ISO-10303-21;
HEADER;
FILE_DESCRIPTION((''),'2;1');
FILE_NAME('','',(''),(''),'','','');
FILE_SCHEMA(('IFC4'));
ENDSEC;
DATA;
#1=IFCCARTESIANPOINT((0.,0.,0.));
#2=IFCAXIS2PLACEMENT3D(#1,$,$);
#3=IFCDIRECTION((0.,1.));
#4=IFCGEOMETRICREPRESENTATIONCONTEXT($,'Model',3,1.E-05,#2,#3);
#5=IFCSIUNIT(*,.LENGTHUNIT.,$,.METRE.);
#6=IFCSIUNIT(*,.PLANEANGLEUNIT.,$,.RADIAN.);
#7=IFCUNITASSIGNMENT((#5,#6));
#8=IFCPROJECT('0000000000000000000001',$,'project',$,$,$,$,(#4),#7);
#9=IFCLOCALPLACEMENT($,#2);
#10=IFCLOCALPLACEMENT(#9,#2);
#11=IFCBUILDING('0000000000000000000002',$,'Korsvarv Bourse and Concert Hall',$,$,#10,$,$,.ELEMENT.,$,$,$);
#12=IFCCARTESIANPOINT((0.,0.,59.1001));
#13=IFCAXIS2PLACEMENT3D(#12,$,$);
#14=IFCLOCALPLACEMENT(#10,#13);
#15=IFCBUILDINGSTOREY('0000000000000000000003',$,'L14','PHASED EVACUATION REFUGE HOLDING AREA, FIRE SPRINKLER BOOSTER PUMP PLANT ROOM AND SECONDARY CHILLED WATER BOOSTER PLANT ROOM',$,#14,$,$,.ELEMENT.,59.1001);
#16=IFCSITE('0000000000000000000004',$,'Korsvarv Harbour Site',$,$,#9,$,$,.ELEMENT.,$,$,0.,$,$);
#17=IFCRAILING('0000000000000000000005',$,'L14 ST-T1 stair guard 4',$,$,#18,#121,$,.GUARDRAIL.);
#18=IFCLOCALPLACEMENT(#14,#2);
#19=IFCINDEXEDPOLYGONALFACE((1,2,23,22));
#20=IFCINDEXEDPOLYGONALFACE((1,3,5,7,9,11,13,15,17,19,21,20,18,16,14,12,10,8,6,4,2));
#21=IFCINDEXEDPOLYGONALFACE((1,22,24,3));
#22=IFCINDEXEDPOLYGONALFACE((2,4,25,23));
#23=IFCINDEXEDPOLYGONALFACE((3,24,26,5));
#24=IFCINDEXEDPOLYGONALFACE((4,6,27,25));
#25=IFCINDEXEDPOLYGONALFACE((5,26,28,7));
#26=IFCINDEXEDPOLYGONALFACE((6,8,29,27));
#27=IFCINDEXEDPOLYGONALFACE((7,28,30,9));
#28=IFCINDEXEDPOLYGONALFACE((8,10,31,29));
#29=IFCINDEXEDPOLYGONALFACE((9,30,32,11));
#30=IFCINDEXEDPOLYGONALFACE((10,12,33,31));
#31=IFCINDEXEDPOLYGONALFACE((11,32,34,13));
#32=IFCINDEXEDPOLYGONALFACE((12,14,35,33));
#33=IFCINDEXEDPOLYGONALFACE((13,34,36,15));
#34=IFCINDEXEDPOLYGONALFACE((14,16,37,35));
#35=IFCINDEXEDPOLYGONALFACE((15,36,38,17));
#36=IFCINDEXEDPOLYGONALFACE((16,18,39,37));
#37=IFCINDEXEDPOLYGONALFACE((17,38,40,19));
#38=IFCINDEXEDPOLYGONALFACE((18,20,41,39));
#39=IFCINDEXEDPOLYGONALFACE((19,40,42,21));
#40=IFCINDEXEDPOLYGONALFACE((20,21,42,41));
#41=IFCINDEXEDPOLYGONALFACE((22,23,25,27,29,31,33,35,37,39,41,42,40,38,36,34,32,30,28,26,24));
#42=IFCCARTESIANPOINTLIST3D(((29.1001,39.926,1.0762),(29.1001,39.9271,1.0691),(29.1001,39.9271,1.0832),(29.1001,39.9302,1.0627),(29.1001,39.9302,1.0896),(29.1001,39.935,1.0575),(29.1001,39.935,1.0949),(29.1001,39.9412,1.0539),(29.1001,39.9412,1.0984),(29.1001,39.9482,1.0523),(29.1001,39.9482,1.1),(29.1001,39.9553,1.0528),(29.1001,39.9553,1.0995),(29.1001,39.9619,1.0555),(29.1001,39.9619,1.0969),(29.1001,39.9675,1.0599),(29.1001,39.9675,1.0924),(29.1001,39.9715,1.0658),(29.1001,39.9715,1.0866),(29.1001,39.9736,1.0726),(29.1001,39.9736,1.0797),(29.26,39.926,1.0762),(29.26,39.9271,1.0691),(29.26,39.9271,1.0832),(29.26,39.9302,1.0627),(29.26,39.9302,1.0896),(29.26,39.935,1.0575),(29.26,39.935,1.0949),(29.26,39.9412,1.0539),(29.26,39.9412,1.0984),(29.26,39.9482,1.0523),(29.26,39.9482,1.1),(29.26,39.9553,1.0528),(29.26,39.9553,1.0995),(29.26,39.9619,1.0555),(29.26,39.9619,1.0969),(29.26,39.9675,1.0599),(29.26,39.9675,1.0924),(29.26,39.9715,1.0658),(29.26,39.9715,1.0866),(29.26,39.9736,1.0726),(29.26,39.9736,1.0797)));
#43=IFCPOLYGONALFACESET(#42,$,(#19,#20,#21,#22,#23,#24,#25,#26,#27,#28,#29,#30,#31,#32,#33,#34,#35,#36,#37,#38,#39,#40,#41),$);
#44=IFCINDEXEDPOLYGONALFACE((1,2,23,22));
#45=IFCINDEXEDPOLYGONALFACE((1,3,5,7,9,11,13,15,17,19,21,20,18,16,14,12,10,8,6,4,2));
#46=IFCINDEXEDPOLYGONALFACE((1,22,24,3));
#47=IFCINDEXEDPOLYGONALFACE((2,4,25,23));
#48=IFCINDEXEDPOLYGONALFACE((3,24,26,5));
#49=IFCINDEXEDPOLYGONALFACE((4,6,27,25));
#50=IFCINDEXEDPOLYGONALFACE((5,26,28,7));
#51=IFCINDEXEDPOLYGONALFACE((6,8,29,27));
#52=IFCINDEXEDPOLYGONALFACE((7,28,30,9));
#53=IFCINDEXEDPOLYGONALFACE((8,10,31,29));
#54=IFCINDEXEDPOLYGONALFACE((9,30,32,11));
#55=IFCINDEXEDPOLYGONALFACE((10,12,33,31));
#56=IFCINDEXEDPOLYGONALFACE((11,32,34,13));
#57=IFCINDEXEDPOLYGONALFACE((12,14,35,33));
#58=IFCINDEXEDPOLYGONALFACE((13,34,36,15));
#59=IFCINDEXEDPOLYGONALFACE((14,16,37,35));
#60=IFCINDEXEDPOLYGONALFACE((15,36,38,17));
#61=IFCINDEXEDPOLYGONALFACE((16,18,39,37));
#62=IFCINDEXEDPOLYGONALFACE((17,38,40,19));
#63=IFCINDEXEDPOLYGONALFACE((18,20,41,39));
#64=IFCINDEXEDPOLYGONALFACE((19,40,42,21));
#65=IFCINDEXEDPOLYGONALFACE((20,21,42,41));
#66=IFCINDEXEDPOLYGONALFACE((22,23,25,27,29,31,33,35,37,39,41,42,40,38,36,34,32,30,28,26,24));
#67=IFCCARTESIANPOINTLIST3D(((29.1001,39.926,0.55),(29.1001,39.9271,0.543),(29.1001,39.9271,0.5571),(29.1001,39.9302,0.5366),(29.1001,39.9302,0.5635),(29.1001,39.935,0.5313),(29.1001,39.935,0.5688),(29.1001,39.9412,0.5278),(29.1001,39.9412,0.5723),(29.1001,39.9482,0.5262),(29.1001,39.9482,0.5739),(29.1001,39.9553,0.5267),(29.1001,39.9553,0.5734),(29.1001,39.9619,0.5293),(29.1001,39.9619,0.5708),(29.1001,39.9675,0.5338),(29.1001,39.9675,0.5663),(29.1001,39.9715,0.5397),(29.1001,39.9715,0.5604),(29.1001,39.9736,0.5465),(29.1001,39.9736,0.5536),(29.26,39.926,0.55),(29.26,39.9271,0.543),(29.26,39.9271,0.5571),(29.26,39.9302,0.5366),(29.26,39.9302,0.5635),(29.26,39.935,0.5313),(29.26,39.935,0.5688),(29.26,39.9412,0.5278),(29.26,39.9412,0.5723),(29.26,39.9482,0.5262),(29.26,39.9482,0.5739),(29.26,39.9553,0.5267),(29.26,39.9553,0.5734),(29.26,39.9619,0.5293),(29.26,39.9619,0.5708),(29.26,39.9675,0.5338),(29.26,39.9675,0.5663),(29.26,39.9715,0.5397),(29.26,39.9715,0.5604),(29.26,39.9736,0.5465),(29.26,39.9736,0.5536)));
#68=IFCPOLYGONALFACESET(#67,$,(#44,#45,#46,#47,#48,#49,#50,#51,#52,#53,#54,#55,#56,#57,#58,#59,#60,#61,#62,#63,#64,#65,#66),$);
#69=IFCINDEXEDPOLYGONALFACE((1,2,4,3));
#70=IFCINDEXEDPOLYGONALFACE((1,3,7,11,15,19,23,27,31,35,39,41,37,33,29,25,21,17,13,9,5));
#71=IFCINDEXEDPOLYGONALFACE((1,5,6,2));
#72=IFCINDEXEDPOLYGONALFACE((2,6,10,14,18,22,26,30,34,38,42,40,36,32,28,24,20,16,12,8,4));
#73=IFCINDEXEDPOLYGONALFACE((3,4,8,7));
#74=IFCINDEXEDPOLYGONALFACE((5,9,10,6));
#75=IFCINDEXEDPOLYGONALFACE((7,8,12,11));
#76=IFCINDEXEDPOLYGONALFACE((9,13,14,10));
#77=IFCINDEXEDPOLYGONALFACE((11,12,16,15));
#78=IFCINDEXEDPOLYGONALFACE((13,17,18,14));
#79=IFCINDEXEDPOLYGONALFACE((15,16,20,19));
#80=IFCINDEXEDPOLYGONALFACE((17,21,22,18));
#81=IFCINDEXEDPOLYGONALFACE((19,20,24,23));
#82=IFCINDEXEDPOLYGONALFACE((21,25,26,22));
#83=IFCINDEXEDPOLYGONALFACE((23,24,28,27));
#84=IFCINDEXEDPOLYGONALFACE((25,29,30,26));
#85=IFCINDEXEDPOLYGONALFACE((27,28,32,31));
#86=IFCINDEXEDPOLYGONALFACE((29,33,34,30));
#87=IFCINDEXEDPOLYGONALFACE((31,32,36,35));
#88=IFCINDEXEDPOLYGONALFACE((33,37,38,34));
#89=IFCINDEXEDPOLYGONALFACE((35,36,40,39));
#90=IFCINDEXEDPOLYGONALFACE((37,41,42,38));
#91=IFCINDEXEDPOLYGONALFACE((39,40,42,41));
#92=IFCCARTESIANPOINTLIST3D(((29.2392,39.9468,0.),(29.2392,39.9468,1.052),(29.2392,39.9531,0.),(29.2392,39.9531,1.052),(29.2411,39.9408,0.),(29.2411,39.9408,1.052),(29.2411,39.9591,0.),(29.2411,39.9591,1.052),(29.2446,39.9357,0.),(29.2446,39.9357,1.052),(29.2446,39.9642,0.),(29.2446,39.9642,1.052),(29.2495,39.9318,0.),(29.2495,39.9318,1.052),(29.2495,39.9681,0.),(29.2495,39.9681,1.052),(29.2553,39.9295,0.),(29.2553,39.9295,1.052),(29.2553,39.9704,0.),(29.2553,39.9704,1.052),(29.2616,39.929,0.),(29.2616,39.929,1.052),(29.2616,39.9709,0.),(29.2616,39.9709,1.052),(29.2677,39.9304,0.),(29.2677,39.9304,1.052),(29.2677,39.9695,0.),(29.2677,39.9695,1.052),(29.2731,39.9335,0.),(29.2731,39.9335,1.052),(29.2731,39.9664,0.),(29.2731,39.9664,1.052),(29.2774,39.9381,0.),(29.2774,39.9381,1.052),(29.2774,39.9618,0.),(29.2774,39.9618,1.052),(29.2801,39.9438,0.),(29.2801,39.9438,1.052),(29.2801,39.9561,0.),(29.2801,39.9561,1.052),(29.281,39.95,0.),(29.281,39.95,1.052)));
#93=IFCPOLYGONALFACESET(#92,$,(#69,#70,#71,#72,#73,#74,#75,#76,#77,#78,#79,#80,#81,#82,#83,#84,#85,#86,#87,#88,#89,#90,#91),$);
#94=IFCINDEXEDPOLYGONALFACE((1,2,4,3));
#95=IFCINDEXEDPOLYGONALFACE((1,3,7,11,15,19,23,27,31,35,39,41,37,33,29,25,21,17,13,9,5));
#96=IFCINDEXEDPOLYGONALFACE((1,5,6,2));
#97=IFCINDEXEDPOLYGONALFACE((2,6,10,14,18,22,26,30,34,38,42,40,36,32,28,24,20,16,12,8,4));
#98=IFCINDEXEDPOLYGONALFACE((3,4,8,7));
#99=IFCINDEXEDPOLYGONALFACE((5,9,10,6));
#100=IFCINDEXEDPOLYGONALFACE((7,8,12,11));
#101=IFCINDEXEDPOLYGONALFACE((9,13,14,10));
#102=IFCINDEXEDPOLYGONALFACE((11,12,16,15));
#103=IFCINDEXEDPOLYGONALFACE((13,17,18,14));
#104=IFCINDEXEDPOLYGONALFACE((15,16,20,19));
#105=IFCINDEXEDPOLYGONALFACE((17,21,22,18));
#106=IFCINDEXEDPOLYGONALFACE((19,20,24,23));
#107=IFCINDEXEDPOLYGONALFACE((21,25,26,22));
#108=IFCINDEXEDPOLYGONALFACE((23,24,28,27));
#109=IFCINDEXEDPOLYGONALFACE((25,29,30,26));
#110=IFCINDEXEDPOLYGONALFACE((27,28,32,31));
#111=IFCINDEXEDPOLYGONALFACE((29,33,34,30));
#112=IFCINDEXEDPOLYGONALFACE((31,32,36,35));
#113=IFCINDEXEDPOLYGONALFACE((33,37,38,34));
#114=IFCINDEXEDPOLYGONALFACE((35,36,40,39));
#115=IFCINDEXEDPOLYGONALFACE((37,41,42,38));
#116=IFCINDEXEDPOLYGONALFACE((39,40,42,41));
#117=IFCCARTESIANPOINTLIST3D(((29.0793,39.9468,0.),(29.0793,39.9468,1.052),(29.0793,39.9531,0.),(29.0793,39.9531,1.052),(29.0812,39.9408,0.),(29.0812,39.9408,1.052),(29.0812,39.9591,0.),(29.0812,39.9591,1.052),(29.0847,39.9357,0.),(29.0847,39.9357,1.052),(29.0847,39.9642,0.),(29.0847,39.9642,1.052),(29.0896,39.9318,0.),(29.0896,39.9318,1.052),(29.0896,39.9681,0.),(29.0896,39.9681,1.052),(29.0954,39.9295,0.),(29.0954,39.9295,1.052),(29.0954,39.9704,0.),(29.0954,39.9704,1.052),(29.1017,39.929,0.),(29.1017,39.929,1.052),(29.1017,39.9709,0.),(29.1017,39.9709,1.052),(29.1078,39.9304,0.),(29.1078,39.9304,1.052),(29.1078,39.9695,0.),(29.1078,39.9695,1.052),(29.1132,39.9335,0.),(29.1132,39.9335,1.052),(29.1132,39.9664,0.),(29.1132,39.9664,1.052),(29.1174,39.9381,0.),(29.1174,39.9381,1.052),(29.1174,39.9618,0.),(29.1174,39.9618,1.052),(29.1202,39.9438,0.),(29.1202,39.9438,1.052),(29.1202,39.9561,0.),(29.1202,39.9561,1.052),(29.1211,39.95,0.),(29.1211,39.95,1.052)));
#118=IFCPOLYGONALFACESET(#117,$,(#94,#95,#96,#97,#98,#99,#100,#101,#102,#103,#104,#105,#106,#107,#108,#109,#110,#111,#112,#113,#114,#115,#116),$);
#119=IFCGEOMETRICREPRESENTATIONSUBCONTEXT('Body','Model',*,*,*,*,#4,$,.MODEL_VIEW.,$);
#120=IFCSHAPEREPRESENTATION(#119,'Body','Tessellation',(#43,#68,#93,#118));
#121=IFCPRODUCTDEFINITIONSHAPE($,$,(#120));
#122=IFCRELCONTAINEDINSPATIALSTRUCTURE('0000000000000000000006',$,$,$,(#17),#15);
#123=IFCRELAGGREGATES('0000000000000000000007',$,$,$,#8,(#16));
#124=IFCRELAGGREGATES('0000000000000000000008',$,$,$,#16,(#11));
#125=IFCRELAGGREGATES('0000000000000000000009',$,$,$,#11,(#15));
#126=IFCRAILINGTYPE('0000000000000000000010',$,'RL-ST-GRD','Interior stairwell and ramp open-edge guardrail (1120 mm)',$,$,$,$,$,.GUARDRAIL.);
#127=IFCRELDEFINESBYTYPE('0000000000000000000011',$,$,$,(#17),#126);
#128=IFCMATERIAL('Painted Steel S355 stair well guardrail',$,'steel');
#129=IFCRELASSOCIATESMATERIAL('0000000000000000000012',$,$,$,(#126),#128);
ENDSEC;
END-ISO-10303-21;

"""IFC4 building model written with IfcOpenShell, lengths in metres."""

from ifc_helpers import new_model, si_unit, direction, frame, origin, origin_2d, place, context, subcontext, project, spatial, circle, extrude, material, type_object, element, save


model = new_model("IFC4")

# Units and contexts
model_context = context("Model", 3, precision=1e-05, world=origin(), true_north=direction((0.0, 1.0)))
body_context = subcontext(model_context, "Body", "Model", "MODEL_VIEW")
ifc_project = project(units=[si_unit("LENGTHUNIT", "METRE"), si_unit("PLANEANGLEUNIT", "RADIAN")], contexts=[model_context])

# Site, building, storey
site_placement = place(None, origin())
site = spatial("IfcSite", under=ifc_project, at=site_placement, Name="Korsvarv Harbour Site", CompositionType="ELEMENT", RefElevation=0.0)
building_placement = place(site_placement, origin())
building = spatial("IfcBuilding", under=site, at=building_placement, Name="Korsvarv Bourse and Concert Hall", CompositionType="ELEMENT")
storey_placement = place(building_placement, frame((0.0, 0.0, 59.1001)))
storey = spatial("IfcBuildingStorey", under=building, at=storey_placement, Name="L14", Description="PHASED EVACUATION REFUGE HOLDING AREA, FIRE SPRINKLER BOOSTER PUMP PLANT ROOM AND SECONDARY CHILLED WATER BOOSTER PLANT ROOM", CompositionType="ELEMENT", Elevation=59.1001)

# Railing
ifc_material_1 = material(Name="Painted Steel S355 stair well guardrail", Category="steel")
railing_type_1 = type_object("IfcRailingType", Name="RL-ST-GRD", Description="Interior stairwell and ramp open-edge guardrail (1120 mm)", PredefinedType="GUARDRAIL", material=ifc_material_1)
railing_1_placement = place(storey_placement, frame((29.26, 39.95, 0.0)))
element("IfcRailing", 1, at=railing_1_placement, inside=storey, type_object=railing_type_1, Name="L14 ST-T1 stair guard 4", PredefinedType="GUARDRAIL", context=body_context, shape_type="SweptSolid", body=[
    extrude(circle(Radius=0.0239, at=origin_2d()), frame((0.0, 0.0, 1.0762), z_axis=(-1.0, 0.0, 0.0), x_axis=(0.0, -1.0, 0.0)), (0.0, 0.0, 1.0), 0.1599),
    extrude(circle(Radius=0.0239, at=origin_2d()), frame((0.0, 0.0, 0.55), z_axis=(-1.0, 0.0, 0.0), x_axis=(0.0, -1.0, 0.0)), (0.0, 0.0, 1.0), 0.1599),
    extrude(circle(Radius=0.021, at=origin_2d()), origin(), (0.0, 0.0, 1.0), 1.052),
    extrude(circle(Radius=0.021, at=origin_2d()), frame((-0.1599, 0.0, 0.0)), (0.0, 0.0, 1.0), 1.052),
])

save(model, "model.ifc")
